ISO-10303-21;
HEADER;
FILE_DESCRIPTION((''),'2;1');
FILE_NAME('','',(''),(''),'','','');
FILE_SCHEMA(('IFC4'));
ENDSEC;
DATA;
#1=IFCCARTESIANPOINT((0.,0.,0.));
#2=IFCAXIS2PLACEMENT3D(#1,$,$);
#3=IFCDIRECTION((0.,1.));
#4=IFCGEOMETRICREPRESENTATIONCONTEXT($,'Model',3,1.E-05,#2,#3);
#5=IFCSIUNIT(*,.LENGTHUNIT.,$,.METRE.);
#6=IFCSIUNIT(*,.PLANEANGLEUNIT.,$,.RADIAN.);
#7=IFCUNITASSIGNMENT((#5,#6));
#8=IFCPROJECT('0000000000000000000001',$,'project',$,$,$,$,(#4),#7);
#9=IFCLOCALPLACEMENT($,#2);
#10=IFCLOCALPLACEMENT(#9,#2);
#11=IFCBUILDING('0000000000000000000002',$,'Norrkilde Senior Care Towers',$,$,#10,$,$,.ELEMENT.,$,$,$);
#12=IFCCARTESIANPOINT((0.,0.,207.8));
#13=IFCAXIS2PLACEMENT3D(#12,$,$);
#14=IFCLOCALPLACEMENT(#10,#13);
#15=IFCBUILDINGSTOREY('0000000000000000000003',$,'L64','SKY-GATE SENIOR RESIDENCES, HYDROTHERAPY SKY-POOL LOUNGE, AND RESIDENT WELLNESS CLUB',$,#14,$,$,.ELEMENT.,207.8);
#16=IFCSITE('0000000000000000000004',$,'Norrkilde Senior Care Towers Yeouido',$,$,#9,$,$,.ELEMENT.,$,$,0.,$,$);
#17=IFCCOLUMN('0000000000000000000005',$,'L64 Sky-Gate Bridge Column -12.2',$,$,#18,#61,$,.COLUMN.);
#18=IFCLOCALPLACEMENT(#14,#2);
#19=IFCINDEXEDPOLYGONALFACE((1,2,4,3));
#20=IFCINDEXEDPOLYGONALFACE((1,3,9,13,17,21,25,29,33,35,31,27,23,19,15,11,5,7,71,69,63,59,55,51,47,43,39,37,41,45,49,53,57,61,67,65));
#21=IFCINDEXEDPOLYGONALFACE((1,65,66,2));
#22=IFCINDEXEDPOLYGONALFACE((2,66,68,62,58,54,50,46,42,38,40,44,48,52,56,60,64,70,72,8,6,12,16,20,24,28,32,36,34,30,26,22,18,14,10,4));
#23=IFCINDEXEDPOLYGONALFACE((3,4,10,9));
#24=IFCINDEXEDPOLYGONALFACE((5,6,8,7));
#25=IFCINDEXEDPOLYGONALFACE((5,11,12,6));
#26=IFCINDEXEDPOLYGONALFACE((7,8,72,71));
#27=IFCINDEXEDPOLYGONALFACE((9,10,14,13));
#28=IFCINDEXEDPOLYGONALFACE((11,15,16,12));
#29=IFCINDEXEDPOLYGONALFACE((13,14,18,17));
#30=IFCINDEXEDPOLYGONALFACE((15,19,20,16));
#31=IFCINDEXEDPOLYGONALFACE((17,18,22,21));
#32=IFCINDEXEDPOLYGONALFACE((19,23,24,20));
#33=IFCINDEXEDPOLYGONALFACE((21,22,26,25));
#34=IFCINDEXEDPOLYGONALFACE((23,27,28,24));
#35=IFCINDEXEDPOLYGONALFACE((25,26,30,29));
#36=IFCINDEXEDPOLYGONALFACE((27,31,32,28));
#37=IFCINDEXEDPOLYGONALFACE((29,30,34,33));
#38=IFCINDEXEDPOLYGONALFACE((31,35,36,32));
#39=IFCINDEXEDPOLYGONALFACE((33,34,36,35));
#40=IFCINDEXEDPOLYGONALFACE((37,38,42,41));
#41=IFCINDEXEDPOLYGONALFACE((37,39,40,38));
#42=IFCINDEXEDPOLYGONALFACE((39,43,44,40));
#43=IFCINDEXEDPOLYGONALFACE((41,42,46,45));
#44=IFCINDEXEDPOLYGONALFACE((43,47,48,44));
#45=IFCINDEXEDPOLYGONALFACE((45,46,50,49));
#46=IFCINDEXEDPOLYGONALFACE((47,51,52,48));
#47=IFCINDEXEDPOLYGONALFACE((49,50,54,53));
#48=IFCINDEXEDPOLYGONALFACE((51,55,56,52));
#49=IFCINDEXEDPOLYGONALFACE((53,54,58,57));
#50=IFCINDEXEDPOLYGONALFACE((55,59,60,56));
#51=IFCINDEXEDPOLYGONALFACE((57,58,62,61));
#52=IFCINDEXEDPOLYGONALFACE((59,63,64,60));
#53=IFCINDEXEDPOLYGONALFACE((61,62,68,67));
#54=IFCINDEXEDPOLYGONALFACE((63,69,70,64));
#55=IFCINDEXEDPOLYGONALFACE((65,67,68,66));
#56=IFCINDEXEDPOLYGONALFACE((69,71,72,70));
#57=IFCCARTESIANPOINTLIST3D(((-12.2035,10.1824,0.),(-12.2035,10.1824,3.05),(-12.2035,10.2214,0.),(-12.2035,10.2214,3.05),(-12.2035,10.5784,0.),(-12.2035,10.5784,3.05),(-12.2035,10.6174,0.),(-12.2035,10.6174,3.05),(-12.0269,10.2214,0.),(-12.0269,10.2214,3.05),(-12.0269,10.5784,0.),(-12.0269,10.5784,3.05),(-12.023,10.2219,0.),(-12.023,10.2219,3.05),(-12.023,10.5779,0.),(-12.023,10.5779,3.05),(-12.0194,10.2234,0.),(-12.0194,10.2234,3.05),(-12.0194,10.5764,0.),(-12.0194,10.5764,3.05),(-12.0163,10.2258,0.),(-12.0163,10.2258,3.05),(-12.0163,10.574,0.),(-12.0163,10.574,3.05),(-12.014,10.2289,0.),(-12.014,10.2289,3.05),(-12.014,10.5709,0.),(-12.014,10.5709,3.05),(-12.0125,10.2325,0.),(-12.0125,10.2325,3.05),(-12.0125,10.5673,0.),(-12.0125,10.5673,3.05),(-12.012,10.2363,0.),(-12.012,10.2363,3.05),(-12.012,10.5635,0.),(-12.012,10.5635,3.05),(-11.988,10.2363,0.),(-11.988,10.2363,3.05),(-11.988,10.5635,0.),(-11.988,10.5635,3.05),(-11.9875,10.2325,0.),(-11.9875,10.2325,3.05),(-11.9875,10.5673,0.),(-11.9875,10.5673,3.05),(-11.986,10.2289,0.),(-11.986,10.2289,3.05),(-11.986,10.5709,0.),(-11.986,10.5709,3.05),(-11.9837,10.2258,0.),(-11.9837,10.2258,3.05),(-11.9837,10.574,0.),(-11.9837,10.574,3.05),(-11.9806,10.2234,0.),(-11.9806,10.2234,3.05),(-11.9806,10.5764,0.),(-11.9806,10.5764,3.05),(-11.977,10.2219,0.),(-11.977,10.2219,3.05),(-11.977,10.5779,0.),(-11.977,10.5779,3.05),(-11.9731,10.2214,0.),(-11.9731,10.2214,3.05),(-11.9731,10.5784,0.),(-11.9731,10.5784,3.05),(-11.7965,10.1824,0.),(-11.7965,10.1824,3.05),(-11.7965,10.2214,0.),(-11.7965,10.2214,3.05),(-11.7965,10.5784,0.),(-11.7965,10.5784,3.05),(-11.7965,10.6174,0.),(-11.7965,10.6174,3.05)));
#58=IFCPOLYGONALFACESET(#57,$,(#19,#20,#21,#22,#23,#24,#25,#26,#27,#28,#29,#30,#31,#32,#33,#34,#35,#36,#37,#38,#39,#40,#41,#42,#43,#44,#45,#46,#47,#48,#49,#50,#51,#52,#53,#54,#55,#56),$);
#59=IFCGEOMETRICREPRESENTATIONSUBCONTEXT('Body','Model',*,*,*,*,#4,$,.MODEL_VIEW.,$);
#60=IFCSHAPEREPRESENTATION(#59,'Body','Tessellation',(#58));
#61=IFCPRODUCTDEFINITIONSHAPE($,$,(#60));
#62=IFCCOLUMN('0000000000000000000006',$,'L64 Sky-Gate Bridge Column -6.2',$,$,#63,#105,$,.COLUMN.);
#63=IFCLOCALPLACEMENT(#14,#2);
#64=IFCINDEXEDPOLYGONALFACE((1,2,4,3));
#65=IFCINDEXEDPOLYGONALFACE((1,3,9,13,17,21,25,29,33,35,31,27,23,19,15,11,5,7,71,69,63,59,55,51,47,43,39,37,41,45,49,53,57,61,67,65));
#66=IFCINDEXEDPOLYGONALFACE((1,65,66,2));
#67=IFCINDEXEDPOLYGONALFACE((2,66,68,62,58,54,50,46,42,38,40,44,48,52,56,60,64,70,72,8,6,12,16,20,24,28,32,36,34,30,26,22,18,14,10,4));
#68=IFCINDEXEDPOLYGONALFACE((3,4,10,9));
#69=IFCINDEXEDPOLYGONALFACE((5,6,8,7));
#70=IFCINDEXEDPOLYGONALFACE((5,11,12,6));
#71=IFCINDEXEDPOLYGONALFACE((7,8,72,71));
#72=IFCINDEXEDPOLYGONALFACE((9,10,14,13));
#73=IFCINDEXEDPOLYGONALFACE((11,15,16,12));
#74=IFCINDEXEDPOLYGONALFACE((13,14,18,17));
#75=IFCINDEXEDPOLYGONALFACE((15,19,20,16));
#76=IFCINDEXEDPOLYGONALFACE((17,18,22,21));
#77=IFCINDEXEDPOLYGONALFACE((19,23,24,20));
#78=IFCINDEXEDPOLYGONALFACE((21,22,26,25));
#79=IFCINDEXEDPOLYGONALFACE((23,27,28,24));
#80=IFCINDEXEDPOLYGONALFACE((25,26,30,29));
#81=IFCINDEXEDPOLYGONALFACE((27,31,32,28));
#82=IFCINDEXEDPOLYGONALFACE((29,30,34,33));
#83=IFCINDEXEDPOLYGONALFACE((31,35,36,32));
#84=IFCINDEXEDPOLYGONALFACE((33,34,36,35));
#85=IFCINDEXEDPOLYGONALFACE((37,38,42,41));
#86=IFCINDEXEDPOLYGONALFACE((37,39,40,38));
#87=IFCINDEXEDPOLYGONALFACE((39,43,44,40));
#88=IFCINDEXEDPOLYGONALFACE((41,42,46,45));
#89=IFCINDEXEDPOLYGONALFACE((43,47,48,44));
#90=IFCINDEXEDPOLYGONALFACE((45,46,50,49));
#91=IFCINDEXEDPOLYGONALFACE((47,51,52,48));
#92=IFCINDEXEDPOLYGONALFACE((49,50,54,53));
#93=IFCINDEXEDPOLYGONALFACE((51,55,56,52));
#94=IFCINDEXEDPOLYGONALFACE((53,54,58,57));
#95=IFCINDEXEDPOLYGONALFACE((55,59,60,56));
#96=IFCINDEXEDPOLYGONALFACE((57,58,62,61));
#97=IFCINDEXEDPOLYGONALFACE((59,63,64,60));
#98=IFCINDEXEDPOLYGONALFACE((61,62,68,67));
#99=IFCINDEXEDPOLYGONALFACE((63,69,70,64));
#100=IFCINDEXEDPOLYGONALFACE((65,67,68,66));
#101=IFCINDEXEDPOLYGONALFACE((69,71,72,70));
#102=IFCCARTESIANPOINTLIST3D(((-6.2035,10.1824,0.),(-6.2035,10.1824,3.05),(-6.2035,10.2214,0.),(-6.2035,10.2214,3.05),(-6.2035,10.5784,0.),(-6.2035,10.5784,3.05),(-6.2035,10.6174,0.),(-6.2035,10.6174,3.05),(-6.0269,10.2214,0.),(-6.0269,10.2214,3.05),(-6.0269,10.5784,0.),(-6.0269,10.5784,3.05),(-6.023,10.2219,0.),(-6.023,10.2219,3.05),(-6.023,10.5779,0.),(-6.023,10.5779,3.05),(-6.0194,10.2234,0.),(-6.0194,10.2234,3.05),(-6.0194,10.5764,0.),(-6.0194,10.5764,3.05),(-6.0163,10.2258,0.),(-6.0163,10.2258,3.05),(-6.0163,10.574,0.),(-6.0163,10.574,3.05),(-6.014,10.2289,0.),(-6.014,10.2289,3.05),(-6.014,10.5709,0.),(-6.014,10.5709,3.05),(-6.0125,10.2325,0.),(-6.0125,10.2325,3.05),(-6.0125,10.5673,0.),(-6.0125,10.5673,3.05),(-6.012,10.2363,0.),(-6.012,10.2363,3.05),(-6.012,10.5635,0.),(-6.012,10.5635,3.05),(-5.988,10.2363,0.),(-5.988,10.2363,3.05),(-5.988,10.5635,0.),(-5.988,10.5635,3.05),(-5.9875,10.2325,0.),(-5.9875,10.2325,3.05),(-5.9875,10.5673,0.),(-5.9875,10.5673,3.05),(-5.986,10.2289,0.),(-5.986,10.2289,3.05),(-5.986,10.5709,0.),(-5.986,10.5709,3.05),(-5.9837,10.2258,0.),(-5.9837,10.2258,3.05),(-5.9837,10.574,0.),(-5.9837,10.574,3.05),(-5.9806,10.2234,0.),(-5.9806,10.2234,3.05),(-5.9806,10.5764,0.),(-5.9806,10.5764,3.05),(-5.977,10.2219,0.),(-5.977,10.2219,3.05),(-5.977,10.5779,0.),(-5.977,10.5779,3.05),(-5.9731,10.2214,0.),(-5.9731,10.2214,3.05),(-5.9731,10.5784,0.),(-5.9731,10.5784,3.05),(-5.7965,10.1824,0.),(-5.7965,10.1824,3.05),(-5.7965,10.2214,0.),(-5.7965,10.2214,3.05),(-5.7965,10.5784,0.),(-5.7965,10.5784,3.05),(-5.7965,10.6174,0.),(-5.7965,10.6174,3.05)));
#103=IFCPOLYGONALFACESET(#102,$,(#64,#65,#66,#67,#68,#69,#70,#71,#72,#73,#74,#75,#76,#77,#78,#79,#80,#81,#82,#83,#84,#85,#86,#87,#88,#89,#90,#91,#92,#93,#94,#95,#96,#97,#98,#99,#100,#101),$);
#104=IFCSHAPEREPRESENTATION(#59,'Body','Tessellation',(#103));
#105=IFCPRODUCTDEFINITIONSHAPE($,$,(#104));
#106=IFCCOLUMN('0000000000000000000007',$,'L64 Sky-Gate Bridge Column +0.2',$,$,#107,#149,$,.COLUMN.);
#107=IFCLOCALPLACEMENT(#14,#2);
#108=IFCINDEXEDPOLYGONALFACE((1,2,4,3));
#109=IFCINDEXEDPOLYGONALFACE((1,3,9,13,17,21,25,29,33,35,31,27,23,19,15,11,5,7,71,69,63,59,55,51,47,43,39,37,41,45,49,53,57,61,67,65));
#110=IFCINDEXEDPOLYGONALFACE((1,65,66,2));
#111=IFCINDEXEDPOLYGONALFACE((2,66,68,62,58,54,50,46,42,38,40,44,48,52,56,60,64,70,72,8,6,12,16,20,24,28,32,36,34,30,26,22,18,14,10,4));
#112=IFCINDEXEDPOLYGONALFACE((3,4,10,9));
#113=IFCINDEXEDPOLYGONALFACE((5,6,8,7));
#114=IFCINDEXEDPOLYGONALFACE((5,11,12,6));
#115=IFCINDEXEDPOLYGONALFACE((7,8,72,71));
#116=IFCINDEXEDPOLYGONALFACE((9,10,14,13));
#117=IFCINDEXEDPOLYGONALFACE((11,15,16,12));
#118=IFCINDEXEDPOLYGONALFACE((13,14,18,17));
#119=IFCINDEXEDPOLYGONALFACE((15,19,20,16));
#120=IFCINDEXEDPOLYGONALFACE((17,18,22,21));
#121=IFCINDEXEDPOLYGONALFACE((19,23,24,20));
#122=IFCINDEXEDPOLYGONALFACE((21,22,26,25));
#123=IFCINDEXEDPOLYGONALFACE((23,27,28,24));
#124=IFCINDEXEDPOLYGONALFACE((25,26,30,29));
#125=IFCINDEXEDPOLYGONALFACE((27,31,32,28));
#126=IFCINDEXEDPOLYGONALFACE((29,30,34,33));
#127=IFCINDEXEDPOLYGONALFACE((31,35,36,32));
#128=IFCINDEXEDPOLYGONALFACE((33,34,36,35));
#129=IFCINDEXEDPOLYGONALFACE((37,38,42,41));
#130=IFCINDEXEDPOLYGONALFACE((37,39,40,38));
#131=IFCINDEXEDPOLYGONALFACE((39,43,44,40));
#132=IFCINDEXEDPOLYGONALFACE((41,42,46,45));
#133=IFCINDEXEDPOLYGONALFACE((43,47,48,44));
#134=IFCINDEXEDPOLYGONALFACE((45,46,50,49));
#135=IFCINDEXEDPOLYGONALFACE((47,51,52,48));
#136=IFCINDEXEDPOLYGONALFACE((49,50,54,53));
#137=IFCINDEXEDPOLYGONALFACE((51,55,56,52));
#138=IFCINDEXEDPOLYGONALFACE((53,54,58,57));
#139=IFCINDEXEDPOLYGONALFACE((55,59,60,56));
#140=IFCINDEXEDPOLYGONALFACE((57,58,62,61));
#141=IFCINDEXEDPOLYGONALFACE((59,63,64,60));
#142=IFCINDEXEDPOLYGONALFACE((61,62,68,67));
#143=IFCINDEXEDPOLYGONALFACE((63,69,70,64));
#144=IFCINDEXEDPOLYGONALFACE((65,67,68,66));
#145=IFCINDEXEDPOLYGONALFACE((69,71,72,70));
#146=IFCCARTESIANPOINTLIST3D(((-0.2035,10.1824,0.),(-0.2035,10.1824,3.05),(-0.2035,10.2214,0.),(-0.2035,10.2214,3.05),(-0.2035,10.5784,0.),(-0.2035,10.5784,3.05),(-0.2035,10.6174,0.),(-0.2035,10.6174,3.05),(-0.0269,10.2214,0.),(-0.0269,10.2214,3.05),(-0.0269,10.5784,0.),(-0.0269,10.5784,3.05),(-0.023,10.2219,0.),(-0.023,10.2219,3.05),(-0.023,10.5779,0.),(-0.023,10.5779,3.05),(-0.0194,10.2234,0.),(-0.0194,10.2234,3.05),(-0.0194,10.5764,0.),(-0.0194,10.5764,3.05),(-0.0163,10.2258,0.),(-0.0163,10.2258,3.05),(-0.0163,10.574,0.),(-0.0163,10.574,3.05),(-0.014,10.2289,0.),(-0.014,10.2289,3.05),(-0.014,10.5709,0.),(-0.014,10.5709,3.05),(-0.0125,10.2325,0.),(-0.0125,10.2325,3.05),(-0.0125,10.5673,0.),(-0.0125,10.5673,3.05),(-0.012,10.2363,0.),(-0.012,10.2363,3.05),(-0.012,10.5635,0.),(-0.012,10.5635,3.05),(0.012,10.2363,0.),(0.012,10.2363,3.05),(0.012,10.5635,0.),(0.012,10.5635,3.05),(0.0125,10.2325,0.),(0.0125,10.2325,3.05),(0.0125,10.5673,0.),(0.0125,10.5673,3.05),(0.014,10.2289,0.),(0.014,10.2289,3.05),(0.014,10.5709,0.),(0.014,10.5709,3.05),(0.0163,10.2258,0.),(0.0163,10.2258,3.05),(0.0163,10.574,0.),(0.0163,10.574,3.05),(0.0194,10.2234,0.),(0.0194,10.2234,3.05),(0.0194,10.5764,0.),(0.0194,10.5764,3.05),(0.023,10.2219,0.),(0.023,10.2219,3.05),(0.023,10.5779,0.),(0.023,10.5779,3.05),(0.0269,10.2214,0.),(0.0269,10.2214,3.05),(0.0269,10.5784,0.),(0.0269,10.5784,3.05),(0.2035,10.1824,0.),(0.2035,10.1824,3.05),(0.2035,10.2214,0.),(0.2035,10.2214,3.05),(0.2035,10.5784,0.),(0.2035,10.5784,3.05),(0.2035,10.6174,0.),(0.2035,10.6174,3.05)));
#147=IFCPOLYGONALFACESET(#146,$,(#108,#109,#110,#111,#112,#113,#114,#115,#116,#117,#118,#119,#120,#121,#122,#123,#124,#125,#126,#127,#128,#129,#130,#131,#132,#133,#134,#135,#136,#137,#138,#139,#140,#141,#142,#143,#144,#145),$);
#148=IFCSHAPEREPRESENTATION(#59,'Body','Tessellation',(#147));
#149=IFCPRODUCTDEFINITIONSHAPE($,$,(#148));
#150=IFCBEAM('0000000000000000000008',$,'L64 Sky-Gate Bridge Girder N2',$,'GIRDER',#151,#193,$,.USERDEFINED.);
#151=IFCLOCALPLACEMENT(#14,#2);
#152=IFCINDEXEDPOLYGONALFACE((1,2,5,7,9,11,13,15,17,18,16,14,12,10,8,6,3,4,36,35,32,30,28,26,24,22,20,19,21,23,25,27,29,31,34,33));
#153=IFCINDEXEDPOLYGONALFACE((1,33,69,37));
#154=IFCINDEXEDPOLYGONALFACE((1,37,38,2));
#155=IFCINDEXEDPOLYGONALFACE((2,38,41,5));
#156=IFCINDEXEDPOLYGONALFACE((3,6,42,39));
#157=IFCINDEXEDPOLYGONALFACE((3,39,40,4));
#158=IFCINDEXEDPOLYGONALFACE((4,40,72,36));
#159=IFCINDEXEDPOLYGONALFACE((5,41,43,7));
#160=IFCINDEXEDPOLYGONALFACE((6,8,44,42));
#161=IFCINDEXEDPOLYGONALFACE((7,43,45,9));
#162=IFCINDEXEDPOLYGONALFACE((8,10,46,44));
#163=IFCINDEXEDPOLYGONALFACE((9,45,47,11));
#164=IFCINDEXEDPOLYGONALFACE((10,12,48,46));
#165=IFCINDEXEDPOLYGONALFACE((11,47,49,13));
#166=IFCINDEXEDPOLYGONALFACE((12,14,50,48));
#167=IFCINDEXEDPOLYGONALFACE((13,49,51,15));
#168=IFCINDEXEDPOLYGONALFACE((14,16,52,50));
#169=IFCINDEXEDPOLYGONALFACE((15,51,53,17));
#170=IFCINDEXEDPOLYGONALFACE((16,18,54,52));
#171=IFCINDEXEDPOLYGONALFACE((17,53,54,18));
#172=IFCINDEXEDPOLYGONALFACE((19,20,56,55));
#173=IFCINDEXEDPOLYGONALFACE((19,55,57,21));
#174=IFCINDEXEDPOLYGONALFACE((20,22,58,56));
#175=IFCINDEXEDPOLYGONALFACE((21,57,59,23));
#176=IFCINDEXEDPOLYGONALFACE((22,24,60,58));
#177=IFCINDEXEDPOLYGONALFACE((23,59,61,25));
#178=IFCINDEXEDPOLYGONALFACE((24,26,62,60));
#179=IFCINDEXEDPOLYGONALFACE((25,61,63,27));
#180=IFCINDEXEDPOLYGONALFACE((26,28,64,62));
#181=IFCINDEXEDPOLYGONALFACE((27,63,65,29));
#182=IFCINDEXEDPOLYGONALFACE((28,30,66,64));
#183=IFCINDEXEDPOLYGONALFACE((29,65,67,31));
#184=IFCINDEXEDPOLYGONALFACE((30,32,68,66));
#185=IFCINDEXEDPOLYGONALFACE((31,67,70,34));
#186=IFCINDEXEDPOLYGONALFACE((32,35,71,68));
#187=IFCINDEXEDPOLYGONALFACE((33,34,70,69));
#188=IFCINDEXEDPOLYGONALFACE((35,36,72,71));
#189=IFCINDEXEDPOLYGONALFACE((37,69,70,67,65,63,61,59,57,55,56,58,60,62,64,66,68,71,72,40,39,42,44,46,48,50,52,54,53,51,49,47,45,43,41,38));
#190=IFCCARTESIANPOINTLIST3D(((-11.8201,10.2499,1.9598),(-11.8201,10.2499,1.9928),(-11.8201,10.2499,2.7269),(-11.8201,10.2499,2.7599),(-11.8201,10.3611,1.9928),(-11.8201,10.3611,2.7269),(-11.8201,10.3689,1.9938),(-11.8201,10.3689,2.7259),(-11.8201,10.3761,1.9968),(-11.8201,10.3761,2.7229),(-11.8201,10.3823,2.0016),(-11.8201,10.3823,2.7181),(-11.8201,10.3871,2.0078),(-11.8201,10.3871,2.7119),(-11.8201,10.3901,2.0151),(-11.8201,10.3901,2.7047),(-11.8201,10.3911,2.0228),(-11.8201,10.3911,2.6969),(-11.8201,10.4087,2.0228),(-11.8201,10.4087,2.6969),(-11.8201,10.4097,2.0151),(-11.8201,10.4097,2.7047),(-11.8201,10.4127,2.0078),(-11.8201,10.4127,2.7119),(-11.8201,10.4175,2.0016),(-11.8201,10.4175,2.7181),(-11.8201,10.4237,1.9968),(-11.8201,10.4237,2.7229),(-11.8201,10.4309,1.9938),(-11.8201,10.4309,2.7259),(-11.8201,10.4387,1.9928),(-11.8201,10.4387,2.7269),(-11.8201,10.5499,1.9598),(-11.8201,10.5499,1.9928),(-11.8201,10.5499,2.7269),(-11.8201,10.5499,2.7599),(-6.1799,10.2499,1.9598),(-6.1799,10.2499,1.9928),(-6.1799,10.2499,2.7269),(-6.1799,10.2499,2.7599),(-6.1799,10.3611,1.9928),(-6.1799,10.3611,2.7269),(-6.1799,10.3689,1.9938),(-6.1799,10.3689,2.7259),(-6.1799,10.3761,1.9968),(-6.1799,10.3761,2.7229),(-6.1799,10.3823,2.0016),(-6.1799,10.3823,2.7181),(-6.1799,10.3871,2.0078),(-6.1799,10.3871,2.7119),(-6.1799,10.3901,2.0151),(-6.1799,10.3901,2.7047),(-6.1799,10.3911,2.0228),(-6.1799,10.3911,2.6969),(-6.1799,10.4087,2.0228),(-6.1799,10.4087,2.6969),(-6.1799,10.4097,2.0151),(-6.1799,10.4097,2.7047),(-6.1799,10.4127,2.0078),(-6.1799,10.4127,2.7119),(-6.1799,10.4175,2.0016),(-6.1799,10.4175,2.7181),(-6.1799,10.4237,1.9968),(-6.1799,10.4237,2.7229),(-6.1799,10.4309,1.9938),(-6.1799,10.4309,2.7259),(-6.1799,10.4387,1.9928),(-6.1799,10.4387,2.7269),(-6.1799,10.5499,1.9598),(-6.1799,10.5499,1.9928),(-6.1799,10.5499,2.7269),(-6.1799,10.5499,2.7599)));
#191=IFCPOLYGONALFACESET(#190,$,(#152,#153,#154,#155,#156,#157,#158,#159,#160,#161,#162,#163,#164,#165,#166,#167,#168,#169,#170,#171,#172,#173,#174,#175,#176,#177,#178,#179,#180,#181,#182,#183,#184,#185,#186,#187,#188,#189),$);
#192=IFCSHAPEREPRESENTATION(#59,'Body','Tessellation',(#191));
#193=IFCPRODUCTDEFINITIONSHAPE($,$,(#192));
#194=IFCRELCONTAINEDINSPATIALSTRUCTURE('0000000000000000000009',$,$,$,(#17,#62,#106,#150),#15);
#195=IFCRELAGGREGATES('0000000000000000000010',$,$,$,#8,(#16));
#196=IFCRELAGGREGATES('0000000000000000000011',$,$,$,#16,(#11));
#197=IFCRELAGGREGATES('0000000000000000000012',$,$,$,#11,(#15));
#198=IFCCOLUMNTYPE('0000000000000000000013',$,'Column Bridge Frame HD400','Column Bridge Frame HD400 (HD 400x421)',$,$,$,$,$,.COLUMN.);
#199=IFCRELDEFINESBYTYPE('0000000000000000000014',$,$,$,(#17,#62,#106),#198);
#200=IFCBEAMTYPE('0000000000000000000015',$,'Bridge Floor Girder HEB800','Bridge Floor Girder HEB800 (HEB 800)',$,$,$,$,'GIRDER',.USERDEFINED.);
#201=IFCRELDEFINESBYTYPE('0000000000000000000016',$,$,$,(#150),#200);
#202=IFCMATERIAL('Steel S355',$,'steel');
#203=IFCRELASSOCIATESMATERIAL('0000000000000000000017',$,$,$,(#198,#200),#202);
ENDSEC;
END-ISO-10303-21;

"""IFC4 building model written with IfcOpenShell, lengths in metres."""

from ifc_helpers import new_model, si_unit, direction, frame, origin, origin_2d, place, context, subcontext, project, spatial, i_section, extrude, source, transform, mapped, material, material_profile, profile_set, type_object, type_shapes, element, save


model = new_model("IFC4")

# Units and contexts
model_context = context("Model", 3, precision=1e-05, world=origin(), true_north=direction((0.0, 1.0)))
body_context = subcontext(model_context, "Body", "Model", "MODEL_VIEW")
ifc_project = project(units=[si_unit("LENGTHUNIT", "METRE"), si_unit("PLANEANGLEUNIT", "RADIAN")], contexts=[model_context])

# Site, building, storey
site_placement = place(None, origin())
site = spatial("IfcSite", under=ifc_project, at=site_placement, Name="Norrkilde Senior Care Towers Yeouido", CompositionType="ELEMENT", RefElevation=0.0)
building_placement = place(site_placement, origin())
building = spatial("IfcBuilding", under=site, at=building_placement, Name="Norrkilde Senior Care Towers", CompositionType="ELEMENT")
storey_placement = place(building_placement, frame((0.0, 0.0, 207.8)))
storey = spatial("IfcBuildingStorey", under=building, at=storey_placement, Name="L64", Description="SKY-GATE SENIOR RESIDENCES, HYDROTHERAPY SKY-POOL LOUNGE, AND RESIDENT WELLNESS CLUB", CompositionType="ELEMENT", Elevation=207.8)

# Columns
ifc_material_1 = material(Name="Steel S355", Category="steel")
ifc_material_profile_1 = material_profile(ifc_material_1, i_section(OverallWidth=0.407, OverallDepth=0.4351, WebThickness=0.0239, FlangeThickness=0.0391, FilletRadius=0.0149, at=origin_2d()), Name="HD 400x421")
ifc_profile_set_1 = profile_set([ifc_material_profile_1], Name="Steel S355")
column_type = type_object("IfcColumnType", Name="Column Bridge Frame HD400", Description="Column Bridge Frame HD400 (HD 400x421)", PredefinedType="COLUMN", material=ifc_profile_set_1)
shared_shape_1 = source(origin(), body_context, "Body", "SweptSolid", [
    extrude(i_section(OverallWidth=0.407, OverallDepth=0.4351, WebThickness=0.0239, FlangeThickness=0.0391, FilletRadius=0.0149, at=origin_2d()), origin(), (0.0, 0.0, 1.0), 3.05),
])
type_shapes(column_type, [shared_shape_1])
for number, where, z_axis, x_axis, name in (
    (1, (-12.0, 10.3999, 0.0), (0.0, 0.0, 1.0), (1.0, 0.0, 0.0), "L64 Sky-Gate Bridge Column -12.2"),
    (2, (-6.0, 10.3999, 0.0), (0.0, 0.0, 1.0), (1.0, 0.0, 0.0), "L64 Sky-Gate Bridge Column -6.2"),
    (3, (0.0, 10.3999, 0.0), (0.0, 0.0, 1.0), (1.0, 0.0, 0.0), "L64 Sky-Gate Bridge Column +0.2"),
):
    element("IfcColumn", number, at=place(storey_placement, frame(where, z_axis=z_axis, x_axis=x_axis)), inside=storey, type_object=column_type, Name=name, PredefinedType="COLUMN", context=body_context, shape_type="MappedRepresentation", body=[
        mapped(shared_shape_1, transform((0.0, 0.0, 0.0), x_axis=(1.0, 0.0, 0.0), y_axis=(0.0, 1.0, 0.0), z_axis=(0.0, 0.0, 1.0), scale=1.0)),
    ])

# Beam
ifc_material_profile_2 = material_profile(ifc_material_1, i_section(OverallWidth=0.3, OverallDepth=0.8, WebThickness=0.0176, FlangeThickness=0.033, FilletRadius=0.03, at=origin_2d()), Name="HEB 800")
ifc_profile_set_2 = profile_set([ifc_material_profile_2], Name="Steel S355")
beam_type_1 = type_object("IfcBeamType", Name="Bridge Floor Girder HEB800", Description="Bridge Floor Girder HEB800 (HEB 800)", ElementType="GIRDER", PredefinedType="USERDEFINED", material=ifc_profile_set_2)
shared_shape_2 = source(origin(), body_context, "Body", "SweptSolid", [
    extrude(i_section(OverallWidth=0.3, OverallDepth=0.8, WebThickness=0.0176, FlangeThickness=0.033, FilletRadius=0.03, at=origin_2d()), origin(), (0.0, 0.0, 1.0), 5.6401),
])
type_shapes(beam_type_1, [shared_shape_2])
for number, where, z_axis, x_axis, name in (
    (4, (-11.8201, 10.3999, 2.3599), (1.0, 0.0, 0.0), (0.0, 1.0, 0.0), "L64 Sky-Gate Bridge Girder N2"),
):
    element("IfcBeam", number, at=place(storey_placement, frame(where, z_axis=z_axis, x_axis=x_axis)), inside=storey, type_object=beam_type_1, Name=name, ObjectType="GIRDER", PredefinedType="USERDEFINED", context=body_context, shape_type="MappedRepresentation", body=[
        mapped(shared_shape_2, transform((0.0, 0.0, 0.0), x_axis=(1.0, 0.0, 0.0), y_axis=(0.0, 1.0, 0.0), z_axis=(0.0, 0.0, 1.0), scale=1.0)),
    ])

save(model, "model.ifc")
